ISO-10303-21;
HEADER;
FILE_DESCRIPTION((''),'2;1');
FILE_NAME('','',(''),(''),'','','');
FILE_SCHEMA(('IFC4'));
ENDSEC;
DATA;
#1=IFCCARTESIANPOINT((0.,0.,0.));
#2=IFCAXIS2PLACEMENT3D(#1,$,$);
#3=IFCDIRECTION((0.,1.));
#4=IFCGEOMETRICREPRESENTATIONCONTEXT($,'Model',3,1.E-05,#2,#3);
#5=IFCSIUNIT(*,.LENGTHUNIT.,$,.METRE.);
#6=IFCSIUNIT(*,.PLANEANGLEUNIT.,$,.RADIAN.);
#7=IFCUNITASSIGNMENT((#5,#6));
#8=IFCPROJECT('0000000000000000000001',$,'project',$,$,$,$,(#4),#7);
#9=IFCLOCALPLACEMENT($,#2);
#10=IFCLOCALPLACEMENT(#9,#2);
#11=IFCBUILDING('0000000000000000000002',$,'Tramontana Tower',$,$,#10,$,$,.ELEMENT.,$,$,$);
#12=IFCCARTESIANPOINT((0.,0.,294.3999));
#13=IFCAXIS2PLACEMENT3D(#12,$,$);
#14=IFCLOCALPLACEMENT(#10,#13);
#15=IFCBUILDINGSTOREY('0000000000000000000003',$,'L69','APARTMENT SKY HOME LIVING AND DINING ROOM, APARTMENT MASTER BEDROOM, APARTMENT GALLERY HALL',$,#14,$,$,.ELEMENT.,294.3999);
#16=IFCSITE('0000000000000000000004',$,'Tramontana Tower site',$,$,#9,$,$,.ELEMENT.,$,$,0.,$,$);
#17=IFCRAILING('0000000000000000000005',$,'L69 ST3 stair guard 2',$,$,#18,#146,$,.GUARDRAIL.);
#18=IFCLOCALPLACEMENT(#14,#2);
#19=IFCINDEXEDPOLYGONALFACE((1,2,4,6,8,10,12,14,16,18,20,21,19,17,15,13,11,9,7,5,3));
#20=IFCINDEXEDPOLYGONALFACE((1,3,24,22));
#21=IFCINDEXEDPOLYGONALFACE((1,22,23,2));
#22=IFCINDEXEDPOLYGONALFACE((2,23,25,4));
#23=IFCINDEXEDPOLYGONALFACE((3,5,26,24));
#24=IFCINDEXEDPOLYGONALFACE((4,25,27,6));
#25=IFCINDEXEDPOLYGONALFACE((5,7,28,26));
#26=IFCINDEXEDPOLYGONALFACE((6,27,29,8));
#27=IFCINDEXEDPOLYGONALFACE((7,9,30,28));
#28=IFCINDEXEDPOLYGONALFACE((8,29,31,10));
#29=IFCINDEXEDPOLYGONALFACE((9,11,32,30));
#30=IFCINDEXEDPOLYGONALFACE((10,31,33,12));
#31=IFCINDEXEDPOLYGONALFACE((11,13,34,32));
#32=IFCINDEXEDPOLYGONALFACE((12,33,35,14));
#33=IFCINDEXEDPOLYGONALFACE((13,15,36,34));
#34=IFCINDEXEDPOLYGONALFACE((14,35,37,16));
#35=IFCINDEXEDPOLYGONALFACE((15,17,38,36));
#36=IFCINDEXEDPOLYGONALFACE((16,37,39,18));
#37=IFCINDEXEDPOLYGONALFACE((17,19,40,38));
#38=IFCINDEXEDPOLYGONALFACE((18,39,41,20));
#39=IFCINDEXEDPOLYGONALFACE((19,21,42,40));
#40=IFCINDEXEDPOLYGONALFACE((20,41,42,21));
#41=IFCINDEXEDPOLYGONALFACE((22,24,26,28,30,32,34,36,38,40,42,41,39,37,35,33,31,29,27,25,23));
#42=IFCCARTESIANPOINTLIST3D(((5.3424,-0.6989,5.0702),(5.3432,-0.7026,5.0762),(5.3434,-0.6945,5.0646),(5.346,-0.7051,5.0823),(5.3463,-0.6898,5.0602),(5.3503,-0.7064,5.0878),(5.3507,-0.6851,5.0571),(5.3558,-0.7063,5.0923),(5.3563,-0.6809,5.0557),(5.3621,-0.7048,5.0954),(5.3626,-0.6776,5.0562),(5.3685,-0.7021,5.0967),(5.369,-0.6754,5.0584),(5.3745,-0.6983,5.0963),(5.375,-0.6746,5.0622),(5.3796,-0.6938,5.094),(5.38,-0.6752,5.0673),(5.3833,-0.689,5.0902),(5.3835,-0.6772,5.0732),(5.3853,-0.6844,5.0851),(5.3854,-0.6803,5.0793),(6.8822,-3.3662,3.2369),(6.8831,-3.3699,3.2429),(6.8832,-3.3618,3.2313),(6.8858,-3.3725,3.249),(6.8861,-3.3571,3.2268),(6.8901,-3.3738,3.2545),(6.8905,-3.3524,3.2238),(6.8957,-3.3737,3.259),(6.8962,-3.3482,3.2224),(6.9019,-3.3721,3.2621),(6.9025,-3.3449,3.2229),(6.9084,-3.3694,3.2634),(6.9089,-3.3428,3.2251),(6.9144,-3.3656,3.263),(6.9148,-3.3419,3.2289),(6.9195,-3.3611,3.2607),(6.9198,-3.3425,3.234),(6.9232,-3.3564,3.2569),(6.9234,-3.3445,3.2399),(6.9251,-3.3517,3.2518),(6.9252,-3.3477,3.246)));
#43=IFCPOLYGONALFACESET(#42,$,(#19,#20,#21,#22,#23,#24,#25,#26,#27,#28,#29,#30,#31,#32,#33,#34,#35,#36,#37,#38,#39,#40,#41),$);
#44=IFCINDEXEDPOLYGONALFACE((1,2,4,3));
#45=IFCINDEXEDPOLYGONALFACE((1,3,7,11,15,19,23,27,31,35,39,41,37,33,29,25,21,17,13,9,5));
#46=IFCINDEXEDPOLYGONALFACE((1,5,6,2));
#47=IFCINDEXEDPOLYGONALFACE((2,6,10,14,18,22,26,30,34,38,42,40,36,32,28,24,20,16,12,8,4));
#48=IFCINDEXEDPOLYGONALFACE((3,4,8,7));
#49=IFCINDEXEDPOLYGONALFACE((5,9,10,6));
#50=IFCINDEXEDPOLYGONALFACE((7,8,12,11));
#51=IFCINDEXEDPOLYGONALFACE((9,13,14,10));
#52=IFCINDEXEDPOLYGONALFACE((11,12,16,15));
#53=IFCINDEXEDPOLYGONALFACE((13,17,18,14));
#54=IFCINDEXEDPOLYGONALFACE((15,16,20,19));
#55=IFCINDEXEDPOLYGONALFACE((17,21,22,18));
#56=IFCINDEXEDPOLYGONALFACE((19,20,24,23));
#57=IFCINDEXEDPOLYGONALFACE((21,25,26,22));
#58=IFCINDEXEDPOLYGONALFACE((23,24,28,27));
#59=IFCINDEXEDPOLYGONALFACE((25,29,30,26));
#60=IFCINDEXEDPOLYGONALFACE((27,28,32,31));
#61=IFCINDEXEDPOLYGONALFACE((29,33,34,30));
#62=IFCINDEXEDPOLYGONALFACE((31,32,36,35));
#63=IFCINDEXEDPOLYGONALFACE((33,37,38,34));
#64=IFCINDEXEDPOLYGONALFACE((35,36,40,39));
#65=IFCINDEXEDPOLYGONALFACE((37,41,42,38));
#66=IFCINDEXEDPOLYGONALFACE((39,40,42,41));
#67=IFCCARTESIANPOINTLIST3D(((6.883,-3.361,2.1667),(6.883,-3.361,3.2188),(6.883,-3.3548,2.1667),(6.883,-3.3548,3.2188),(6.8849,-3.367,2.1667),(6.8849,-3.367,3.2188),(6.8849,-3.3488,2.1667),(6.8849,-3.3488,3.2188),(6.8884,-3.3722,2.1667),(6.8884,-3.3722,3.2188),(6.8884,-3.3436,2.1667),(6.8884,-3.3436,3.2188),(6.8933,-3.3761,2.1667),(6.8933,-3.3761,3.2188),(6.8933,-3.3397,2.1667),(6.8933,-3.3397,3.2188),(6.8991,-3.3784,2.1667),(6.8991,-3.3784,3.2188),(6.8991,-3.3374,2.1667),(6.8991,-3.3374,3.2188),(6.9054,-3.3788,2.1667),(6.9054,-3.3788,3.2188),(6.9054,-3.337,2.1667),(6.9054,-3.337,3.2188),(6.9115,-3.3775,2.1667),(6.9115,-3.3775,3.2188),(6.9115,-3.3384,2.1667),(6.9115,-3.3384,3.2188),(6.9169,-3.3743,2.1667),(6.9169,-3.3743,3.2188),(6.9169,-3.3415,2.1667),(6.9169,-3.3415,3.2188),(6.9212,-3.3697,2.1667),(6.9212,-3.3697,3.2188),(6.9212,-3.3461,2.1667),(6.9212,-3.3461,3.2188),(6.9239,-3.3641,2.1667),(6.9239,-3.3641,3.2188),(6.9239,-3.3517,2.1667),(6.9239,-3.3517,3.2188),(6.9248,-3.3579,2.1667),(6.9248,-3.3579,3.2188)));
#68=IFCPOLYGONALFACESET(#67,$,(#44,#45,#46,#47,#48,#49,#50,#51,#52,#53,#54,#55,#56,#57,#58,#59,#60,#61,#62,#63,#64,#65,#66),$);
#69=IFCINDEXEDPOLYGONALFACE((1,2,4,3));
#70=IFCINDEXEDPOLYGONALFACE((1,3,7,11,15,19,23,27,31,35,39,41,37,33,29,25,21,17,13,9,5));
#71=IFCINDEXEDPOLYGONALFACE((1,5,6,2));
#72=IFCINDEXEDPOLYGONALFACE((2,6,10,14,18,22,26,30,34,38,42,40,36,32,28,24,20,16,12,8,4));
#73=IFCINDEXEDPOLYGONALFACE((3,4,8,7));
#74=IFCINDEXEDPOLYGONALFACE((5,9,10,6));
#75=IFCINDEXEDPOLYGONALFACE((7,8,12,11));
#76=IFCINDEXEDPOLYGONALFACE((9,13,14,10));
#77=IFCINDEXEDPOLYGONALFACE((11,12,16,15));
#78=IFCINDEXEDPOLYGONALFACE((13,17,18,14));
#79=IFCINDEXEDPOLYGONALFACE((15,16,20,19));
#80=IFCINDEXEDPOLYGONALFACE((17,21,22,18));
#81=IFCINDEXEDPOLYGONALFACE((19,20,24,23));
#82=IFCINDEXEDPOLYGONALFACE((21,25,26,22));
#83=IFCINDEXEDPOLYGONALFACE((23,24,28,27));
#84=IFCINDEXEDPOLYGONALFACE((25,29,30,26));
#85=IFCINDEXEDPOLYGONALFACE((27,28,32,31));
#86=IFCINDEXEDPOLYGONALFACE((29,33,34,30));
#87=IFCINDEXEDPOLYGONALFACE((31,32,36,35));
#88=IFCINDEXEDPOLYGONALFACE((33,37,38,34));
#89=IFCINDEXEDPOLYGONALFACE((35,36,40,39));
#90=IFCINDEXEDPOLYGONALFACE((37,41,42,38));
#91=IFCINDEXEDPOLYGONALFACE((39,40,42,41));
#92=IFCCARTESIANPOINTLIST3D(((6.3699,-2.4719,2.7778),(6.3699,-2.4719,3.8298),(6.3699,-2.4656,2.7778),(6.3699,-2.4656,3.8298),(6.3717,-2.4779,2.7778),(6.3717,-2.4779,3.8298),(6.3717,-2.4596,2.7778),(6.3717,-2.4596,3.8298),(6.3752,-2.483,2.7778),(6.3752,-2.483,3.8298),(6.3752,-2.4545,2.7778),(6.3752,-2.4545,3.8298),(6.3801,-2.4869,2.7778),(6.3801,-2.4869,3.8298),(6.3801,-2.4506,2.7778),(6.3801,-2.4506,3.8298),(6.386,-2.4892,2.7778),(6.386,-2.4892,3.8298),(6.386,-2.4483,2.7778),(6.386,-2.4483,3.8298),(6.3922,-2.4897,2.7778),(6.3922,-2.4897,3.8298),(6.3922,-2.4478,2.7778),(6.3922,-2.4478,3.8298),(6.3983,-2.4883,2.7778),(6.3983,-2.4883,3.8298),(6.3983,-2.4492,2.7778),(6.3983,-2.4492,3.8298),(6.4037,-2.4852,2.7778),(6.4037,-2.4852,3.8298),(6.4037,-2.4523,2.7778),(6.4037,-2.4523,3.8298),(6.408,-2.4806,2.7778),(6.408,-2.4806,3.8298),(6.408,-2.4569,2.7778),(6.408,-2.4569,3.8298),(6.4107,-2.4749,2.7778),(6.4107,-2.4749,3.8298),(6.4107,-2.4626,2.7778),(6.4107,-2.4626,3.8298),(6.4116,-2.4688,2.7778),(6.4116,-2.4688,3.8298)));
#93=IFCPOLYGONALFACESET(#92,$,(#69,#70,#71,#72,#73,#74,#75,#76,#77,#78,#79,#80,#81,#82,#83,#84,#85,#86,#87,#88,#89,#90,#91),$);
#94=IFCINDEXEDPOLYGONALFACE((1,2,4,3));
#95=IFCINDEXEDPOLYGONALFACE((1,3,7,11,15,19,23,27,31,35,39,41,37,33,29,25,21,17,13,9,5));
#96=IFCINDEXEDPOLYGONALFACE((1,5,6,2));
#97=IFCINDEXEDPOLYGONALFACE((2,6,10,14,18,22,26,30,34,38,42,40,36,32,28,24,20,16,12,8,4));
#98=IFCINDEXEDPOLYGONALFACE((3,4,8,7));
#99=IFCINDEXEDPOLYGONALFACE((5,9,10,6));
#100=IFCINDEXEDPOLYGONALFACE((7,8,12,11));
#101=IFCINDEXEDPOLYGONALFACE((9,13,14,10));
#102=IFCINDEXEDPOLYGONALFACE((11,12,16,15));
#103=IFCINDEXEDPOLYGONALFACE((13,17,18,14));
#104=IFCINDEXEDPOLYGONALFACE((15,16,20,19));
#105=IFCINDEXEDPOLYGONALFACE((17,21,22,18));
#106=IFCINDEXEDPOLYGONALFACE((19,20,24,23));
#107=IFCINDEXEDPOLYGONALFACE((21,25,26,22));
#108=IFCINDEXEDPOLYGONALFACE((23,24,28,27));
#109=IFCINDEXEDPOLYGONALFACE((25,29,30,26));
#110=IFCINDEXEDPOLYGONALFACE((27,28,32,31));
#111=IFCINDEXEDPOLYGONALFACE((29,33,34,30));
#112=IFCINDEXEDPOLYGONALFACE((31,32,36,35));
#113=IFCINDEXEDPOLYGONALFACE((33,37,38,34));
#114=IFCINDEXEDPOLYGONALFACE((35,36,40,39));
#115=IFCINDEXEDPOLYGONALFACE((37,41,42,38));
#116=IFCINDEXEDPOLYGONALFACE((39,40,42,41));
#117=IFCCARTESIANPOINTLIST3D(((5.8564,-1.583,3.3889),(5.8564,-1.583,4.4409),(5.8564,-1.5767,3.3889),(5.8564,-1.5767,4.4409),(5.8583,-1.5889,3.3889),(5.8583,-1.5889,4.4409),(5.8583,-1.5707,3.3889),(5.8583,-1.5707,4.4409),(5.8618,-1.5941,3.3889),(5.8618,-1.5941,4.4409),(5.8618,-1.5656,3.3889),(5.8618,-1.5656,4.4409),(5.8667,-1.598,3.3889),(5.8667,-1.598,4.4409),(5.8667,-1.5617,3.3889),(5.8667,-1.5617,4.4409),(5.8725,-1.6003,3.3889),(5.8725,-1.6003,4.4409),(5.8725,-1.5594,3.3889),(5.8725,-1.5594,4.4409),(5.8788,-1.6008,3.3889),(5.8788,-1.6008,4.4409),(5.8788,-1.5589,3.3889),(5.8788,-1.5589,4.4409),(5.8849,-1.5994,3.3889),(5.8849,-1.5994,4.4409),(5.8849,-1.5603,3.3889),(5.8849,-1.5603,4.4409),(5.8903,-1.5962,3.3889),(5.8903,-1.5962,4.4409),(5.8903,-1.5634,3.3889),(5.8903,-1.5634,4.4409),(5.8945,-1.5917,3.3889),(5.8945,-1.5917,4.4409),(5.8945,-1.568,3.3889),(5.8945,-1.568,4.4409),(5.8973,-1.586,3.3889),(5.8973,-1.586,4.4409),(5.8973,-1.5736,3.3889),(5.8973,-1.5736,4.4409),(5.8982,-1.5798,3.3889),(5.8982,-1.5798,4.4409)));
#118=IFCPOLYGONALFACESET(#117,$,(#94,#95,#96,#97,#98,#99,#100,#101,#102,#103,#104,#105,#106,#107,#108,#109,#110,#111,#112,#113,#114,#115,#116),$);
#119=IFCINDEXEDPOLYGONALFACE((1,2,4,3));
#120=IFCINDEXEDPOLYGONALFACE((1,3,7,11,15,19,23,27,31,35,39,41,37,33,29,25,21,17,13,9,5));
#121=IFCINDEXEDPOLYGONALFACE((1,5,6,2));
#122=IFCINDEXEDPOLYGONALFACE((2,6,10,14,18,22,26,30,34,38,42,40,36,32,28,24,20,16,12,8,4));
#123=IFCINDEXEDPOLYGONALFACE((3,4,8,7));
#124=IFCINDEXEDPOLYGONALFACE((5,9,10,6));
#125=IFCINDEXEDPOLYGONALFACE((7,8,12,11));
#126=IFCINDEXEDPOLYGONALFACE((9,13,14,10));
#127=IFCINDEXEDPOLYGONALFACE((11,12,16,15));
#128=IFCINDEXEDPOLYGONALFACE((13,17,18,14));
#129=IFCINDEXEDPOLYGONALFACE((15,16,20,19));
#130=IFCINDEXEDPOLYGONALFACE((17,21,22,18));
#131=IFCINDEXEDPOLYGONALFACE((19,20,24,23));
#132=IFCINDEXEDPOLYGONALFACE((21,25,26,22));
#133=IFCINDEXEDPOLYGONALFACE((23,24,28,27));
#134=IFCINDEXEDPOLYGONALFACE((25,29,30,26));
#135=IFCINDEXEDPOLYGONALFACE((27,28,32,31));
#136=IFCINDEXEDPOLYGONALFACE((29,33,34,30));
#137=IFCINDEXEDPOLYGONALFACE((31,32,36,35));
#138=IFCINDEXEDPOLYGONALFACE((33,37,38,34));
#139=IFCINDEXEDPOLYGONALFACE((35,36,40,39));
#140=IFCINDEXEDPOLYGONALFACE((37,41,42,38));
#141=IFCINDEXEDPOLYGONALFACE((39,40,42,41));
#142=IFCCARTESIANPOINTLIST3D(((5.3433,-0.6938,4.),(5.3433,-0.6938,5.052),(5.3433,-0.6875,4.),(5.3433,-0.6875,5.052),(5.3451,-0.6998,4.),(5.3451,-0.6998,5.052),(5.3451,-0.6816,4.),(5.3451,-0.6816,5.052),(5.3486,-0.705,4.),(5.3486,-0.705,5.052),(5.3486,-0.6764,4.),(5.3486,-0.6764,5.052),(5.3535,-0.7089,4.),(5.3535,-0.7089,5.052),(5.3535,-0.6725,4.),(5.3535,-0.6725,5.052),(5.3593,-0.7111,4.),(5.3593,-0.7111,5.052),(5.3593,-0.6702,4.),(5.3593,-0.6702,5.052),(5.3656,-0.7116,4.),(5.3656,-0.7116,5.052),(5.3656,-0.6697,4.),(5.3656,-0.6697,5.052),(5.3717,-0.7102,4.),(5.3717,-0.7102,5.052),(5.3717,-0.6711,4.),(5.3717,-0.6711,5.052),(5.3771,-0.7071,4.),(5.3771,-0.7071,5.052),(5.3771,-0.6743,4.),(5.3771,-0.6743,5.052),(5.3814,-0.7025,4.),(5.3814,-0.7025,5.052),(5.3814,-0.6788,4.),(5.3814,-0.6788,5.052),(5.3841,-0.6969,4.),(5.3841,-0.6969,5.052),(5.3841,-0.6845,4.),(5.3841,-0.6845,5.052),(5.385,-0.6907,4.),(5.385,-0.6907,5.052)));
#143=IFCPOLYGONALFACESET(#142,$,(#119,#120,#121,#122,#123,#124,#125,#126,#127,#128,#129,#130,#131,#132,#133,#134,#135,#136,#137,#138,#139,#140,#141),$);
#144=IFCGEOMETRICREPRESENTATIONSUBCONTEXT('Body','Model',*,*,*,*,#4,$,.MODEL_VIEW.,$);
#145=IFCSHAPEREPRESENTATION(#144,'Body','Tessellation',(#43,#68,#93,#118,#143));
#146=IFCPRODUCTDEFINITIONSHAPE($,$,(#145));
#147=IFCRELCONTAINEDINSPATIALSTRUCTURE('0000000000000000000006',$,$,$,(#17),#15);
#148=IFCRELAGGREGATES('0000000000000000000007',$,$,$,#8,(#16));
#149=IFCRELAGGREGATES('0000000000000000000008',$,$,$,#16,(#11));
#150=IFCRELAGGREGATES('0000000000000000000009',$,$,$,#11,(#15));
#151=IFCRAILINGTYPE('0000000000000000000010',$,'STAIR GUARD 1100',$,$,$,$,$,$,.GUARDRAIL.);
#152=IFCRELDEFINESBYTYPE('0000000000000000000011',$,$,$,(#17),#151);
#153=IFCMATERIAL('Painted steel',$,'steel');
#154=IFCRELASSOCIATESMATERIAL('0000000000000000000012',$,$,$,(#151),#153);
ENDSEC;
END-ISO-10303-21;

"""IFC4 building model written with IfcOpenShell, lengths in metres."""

from ifc_helpers import new_model, si_unit, direction, frame, origin, origin_2d, place, context, subcontext, project, spatial, circle, extrude, material, type_object, element, save


model = new_model("IFC4")

# Units and contexts
model_context = context("Model", 3, precision=1e-05, world=origin(), true_north=direction((0.0, 1.0)))
body_context = subcontext(model_context, "Body", "Model", "MODEL_VIEW")
ifc_project = project(units=[si_unit("LENGTHUNIT", "METRE"), si_unit("PLANEANGLEUNIT", "RADIAN")], contexts=[model_context])

# Site, building, storey
site_placement = place(None, origin())
site = spatial("IfcSite", under=ifc_project, at=site_placement, Name="Tramontana Tower site", CompositionType="ELEMENT", RefElevation=0.0)
building_placement = place(site_placement, origin())
building = spatial("IfcBuilding", under=site, at=building_placement, Name="Tramontana Tower", CompositionType="ELEMENT")
storey_placement = place(building_placement, frame((0.0, 0.0, 294.3999)))
storey = spatial("IfcBuildingStorey", under=building, at=storey_placement, Name="L69", Description="APARTMENT SKY HOME LIVING AND DINING ROOM, APARTMENT MASTER BEDROOM, APARTMENT GALLERY HALL", CompositionType="ELEMENT", Elevation=294.3999)

# Railing
ifc_material_1 = material(Name="Painted steel", Category="steel")
railing_type_1 = type_object("IfcRailingType", Name="STAIR GUARD 1100", PredefinedType="GUARDRAIL", material=ifc_material_1)
railing_1_placement = place(storey_placement, frame((6.9038, -3.3579, 2.1667)))
element("IfcRailing", 1, at=railing_1_placement, inside=storey, type_object=railing_type_1, Name="L69 ST3 stair guard 2", PredefinedType="GUARDRAIL", context=body_context, shape_type="SweptSolid", body=[
    extrude(circle(Radius=0.0239, at=origin_2d()), frame((0.0, 0.0, 1.0762), z_axis=(-0.429616, 0.744181, 0.511493), x_axis=(-0.866044, -0.499967, 0.0)), (0.0, 0.0, 1.0), 3.5842),
    extrude(circle(Radius=0.021, at=origin_2d()), origin(), (0.0, 0.0, 1.0), 1.052),
    extrude(circle(Radius=0.021, at=origin_2d()), frame((-0.5132, 0.8892, 0.6111)), (0.0, 0.0, 1.0), 1.052),
    extrude(circle(Radius=0.021, at=origin_2d()), frame((-1.0266, 1.7781, 1.2222)), (0.0, 0.0, 1.0), 1.052),
    extrude(circle(Radius=0.021, at=origin_2d()), frame((-1.5398, 2.6672, 1.8333)), (0.0, 0.0, 1.0), 1.052),
])

save(model, "model.ifc")
